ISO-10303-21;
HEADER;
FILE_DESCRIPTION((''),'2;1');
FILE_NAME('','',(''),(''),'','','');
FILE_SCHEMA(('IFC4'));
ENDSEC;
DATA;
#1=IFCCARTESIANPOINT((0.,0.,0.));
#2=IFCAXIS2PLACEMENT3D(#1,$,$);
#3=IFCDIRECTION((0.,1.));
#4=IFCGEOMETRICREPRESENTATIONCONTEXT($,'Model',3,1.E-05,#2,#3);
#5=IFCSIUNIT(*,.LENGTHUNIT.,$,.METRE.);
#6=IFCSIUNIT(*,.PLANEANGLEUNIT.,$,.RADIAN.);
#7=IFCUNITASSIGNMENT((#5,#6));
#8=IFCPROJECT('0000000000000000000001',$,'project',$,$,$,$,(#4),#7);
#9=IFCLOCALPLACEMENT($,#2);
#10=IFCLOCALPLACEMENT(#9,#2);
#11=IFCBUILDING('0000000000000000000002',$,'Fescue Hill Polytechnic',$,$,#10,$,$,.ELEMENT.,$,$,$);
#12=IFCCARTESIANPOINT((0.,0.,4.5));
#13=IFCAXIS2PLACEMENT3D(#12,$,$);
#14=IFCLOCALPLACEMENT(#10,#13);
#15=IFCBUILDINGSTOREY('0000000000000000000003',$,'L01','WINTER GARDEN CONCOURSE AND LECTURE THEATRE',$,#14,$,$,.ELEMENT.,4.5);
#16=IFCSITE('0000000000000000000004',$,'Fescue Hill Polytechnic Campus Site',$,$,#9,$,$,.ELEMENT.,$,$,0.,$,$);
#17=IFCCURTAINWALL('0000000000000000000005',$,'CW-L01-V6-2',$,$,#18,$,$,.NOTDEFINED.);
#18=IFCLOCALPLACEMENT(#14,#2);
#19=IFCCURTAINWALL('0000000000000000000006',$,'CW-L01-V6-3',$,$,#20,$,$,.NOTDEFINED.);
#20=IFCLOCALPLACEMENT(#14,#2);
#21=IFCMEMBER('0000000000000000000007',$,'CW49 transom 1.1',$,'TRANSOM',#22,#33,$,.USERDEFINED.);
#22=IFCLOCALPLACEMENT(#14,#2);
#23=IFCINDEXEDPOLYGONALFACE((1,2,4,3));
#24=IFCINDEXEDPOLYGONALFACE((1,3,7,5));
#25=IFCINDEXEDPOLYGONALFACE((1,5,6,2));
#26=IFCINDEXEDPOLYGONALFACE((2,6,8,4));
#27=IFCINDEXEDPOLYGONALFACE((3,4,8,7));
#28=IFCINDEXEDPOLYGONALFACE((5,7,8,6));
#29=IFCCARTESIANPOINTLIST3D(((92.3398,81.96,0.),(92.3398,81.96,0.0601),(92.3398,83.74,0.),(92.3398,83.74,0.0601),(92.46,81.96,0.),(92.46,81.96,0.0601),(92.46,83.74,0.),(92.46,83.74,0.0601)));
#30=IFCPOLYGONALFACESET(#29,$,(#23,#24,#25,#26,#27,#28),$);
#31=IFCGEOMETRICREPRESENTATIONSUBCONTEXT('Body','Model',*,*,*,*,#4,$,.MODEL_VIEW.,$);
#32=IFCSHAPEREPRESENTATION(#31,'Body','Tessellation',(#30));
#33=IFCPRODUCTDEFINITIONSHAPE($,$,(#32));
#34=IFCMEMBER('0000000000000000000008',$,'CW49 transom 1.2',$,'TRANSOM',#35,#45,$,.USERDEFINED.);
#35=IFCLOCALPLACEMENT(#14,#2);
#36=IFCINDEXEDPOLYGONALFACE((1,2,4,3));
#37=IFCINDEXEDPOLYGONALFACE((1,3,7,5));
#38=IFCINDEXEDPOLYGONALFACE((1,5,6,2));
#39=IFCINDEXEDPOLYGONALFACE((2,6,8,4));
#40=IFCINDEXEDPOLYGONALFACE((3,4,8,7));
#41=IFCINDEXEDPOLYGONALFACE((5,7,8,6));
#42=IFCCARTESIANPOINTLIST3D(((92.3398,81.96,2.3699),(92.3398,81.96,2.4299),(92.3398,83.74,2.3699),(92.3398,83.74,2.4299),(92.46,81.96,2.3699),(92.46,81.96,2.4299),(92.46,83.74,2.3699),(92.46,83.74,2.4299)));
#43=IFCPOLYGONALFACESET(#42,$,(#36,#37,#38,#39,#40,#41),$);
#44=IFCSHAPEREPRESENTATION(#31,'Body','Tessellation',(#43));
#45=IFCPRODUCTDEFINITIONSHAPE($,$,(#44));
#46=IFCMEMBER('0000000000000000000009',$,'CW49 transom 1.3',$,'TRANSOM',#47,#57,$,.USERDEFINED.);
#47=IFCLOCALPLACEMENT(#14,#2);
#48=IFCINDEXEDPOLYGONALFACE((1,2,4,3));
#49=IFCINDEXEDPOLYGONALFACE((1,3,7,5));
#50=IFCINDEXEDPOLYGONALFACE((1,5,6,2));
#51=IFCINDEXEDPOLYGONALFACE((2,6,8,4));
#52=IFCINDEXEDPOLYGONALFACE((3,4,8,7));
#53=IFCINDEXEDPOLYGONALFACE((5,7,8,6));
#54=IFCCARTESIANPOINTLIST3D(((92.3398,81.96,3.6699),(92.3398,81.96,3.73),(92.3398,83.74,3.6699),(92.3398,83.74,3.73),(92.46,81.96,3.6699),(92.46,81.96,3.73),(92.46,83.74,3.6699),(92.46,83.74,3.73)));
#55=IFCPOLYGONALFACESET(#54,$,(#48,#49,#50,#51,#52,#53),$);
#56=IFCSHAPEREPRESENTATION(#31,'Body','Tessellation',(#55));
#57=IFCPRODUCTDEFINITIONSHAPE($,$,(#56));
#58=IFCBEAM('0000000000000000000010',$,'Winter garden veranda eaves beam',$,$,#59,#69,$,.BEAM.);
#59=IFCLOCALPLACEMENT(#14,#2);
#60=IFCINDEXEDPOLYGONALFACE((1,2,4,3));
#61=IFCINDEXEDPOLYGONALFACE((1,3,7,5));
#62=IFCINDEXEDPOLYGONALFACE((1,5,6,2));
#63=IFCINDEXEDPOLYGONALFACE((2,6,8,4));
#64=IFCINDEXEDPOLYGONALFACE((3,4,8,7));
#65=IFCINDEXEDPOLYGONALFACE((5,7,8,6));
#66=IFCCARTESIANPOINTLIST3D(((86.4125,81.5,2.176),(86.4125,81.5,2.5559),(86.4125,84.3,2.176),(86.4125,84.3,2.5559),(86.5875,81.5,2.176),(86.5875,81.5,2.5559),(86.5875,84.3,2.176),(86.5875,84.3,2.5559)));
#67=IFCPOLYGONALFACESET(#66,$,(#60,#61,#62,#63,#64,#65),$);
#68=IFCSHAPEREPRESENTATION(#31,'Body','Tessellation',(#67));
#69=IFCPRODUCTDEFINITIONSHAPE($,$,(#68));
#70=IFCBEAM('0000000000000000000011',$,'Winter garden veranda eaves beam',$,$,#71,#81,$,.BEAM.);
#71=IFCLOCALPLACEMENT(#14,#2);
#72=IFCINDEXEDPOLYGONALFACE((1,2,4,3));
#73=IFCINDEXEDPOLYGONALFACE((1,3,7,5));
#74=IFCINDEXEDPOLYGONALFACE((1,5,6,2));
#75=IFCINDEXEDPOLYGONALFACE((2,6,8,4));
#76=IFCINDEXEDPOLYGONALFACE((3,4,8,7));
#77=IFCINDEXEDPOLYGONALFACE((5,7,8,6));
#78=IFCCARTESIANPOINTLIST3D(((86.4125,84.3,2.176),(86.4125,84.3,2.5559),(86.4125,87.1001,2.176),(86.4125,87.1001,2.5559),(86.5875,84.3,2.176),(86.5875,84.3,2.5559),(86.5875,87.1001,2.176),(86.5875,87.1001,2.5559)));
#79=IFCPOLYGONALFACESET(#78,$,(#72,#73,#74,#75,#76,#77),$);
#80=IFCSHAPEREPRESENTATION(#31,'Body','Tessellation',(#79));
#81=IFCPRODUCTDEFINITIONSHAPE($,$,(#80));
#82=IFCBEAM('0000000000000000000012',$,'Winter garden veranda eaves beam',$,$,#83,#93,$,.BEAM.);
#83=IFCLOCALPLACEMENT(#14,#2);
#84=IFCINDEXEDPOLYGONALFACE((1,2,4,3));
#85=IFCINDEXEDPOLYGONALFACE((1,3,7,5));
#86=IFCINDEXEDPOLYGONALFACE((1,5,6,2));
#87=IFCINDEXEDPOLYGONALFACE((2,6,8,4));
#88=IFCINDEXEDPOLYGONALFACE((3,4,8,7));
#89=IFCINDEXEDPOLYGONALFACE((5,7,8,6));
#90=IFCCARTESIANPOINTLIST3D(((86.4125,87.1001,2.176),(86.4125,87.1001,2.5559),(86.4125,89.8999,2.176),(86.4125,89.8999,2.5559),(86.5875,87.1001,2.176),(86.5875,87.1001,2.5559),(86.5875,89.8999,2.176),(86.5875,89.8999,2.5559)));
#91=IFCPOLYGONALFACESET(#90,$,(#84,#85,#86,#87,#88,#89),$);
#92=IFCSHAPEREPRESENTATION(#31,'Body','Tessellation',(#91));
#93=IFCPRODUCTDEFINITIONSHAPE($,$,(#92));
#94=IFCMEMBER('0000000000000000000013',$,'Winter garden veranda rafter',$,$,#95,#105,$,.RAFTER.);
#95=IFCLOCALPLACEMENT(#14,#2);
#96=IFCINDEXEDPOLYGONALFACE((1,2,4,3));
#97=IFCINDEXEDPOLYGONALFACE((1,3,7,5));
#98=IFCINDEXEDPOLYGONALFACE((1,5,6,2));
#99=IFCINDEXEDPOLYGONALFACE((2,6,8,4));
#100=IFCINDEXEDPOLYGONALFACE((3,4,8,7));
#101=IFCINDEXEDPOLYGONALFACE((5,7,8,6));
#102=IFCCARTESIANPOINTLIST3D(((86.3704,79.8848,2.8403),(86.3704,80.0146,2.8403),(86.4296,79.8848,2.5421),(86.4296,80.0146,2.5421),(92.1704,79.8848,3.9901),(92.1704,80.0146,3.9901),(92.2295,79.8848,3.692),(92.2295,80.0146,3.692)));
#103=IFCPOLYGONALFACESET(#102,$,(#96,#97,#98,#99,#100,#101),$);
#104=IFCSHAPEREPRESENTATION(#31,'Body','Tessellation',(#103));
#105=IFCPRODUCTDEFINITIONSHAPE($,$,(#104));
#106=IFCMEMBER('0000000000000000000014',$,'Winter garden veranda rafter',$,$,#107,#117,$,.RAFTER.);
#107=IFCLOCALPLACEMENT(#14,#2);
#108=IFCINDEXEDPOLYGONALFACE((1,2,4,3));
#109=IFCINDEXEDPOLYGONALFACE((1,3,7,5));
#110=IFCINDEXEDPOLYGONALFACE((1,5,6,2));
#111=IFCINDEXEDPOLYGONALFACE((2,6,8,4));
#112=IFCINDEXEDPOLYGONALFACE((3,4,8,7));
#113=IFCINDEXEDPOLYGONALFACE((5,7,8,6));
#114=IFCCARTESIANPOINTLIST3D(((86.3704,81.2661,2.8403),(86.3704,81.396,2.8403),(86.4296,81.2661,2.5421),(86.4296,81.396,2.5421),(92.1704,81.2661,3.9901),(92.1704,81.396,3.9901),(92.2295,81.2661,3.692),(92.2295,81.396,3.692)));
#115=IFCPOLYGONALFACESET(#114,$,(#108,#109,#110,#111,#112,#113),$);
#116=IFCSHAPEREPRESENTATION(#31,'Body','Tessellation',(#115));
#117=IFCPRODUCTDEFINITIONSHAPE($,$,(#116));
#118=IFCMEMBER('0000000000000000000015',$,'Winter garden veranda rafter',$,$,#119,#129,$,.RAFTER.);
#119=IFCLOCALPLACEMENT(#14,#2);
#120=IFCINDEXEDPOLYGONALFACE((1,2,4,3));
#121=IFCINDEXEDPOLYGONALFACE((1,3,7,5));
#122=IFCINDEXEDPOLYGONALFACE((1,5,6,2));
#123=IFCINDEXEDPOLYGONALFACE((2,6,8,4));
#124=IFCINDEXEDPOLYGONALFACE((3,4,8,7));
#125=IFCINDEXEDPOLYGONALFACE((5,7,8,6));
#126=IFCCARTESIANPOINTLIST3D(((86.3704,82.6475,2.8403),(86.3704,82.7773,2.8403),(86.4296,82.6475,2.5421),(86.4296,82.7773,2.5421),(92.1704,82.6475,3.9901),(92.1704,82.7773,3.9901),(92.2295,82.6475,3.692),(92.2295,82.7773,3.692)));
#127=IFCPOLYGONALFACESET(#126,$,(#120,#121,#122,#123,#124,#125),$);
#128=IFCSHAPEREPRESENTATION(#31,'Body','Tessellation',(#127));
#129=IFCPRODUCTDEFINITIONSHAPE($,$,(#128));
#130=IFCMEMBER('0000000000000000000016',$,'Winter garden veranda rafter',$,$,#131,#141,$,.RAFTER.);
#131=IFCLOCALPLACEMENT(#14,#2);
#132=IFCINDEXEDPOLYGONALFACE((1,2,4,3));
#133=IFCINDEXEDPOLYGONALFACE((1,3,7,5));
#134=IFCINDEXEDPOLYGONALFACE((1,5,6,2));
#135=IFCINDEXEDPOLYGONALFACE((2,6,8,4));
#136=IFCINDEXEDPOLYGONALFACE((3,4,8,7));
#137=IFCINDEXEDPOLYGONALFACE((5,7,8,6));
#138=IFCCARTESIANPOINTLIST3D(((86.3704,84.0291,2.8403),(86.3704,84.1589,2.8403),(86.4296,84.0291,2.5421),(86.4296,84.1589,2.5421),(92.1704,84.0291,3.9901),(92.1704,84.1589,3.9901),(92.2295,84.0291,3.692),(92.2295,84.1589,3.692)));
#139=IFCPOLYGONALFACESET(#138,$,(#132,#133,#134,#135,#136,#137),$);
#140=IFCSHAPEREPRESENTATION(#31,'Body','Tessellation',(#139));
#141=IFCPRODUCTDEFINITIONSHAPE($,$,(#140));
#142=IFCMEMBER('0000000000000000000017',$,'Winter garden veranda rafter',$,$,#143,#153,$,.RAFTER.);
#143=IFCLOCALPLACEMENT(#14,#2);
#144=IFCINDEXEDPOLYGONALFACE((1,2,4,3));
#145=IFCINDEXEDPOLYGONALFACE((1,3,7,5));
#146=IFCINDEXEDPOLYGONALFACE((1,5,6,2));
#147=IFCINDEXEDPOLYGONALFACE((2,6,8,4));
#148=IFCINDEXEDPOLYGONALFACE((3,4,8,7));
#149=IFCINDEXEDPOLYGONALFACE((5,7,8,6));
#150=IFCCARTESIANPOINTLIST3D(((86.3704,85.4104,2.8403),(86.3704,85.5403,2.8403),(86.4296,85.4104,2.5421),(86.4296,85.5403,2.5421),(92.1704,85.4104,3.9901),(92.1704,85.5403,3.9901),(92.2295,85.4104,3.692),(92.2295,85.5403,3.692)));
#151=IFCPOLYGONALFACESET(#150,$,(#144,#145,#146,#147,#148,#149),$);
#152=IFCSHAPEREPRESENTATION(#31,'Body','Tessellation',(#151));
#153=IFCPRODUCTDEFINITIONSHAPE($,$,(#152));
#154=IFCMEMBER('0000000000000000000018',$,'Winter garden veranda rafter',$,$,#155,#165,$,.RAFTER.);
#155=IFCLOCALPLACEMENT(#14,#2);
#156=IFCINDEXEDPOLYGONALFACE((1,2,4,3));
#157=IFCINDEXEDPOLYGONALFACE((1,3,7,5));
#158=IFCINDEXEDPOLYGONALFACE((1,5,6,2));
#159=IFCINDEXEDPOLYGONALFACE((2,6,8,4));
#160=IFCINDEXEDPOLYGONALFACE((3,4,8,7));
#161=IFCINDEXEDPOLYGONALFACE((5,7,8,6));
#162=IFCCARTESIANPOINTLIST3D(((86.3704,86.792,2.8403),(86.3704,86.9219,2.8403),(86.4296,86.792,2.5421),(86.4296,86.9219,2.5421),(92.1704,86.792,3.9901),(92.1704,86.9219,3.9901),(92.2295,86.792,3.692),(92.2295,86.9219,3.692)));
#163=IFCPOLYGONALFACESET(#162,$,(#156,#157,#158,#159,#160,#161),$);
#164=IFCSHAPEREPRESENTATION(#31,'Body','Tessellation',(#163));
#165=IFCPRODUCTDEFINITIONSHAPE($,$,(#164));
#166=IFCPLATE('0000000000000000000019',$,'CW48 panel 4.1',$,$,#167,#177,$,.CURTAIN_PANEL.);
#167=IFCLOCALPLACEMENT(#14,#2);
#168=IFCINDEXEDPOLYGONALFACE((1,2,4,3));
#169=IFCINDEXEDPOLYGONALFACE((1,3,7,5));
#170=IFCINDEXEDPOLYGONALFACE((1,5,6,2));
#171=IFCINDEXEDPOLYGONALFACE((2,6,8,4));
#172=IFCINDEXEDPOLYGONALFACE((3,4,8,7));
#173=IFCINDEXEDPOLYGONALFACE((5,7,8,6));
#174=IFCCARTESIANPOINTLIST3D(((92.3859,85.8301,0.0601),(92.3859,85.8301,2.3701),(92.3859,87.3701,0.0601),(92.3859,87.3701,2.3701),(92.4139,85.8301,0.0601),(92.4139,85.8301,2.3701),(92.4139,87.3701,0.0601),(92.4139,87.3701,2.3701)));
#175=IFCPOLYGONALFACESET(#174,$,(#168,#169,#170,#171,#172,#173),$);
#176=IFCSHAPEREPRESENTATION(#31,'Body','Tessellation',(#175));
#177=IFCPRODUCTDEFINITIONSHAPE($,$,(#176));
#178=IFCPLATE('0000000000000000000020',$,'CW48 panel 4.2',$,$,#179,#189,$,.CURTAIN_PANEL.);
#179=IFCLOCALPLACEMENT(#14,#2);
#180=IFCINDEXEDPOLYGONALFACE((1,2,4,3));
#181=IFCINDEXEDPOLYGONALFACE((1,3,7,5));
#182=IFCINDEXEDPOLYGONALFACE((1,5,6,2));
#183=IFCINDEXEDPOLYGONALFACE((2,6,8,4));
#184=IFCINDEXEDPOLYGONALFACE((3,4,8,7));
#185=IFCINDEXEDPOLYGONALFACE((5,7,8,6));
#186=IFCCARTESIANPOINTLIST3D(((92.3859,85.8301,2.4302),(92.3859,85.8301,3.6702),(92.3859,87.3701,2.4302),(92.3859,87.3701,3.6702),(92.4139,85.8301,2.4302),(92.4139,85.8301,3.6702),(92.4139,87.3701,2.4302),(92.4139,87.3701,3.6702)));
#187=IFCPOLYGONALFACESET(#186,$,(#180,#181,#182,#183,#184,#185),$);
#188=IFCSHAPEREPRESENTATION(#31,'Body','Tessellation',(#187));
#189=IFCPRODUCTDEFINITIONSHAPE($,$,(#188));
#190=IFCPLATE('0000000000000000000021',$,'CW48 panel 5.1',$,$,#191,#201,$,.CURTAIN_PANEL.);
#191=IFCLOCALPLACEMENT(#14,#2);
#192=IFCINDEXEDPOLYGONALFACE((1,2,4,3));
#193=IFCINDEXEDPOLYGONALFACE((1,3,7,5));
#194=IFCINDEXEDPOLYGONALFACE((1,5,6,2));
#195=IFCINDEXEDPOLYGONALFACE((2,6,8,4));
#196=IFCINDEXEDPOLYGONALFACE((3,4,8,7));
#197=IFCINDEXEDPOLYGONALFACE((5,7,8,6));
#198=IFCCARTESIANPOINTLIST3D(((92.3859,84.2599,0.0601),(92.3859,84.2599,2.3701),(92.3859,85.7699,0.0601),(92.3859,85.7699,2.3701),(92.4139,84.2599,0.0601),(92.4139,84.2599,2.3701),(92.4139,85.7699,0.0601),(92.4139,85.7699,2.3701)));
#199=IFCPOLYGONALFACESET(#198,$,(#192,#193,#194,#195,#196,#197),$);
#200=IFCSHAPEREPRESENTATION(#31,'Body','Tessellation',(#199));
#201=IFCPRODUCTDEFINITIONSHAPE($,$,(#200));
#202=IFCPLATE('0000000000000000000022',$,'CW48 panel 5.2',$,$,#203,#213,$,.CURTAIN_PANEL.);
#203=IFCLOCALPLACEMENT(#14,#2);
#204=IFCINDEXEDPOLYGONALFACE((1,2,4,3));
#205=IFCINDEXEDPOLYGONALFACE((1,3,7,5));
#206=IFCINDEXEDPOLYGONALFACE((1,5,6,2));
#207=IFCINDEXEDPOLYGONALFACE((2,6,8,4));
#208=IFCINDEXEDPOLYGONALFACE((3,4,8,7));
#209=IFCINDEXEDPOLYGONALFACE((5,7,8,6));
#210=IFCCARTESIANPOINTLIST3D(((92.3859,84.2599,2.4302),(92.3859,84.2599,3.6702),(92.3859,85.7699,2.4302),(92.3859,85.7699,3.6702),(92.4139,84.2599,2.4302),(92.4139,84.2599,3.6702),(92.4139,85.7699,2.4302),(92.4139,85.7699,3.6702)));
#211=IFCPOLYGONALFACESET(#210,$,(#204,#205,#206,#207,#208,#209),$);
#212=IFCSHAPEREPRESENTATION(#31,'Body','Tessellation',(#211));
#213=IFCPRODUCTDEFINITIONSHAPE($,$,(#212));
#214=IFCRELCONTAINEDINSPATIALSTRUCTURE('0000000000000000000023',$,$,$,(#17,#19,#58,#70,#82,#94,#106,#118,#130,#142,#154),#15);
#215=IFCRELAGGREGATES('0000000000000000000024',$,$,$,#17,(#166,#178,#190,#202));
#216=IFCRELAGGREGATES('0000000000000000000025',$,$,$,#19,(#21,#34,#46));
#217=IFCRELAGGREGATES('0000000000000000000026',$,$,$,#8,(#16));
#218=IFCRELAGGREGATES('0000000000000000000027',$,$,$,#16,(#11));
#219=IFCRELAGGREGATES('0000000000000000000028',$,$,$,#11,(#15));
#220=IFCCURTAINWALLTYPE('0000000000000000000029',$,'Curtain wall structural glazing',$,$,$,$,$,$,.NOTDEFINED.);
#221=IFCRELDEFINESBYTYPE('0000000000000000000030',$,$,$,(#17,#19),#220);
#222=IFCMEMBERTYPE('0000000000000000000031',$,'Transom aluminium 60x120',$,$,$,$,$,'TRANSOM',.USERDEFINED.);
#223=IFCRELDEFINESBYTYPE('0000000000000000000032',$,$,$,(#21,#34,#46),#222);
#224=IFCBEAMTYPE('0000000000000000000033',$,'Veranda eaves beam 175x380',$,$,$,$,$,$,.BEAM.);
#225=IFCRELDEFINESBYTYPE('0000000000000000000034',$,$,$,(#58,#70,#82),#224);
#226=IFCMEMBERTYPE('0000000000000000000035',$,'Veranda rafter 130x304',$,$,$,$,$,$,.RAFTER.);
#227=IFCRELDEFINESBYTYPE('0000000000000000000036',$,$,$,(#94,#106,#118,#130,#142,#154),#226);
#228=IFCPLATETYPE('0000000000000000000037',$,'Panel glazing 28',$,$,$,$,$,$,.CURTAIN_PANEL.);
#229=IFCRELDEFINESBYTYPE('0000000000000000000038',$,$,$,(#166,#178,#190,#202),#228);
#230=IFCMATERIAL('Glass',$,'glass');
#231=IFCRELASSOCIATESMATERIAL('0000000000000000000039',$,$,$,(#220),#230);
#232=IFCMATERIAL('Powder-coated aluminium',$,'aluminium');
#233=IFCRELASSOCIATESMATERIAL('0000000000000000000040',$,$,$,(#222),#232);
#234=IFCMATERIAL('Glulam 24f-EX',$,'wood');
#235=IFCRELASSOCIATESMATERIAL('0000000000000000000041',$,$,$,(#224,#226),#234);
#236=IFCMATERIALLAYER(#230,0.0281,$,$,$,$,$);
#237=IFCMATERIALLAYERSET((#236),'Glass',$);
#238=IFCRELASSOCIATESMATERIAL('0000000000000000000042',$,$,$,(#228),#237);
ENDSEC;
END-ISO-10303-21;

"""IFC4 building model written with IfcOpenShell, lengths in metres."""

from ifc_helpers import new_model, si_unit, direction, frame, origin, origin_2d, place, context, subcontext, project, spatial, rectangle, extrude, material, layer, layer_set, material_profile, profile_set, type_object, element, aggregate, save


model = new_model("IFC4")

# Units and contexts
model_context = context("Model", 3, precision=1e-05, world=origin(), true_north=direction((0.0, 1.0)))
body_context = subcontext(model_context, "Body", "Model", "MODEL_VIEW")
ifc_project = project(units=[si_unit("LENGTHUNIT", "METRE"), si_unit("PLANEANGLEUNIT", "RADIAN")], contexts=[model_context])

# Site, building, storey
site_placement = place(None, origin())
site = spatial("IfcSite", under=ifc_project, at=site_placement, Name="Fescue Hill Polytechnic Campus Site", CompositionType="ELEMENT", RefElevation=0.0)
building_placement = place(site_placement, origin())
building = spatial("IfcBuilding", under=site, at=building_placement, Name="Fescue Hill Polytechnic", CompositionType="ELEMENT")
storey_placement = place(building_placement, frame((0.0, 0.0, 4.5)))
storey = spatial("IfcBuildingStorey", under=building, at=storey_placement, Name="L01", Description="WINTER GARDEN CONCOURSE AND LECTURE THEATRE", CompositionType="ELEMENT", Elevation=4.5)

# Shared definitions
ifc_material_1 = material(Name="Glulam 24f-EX", Category="wood")

# Curtain walls
ifc_material_2 = material(Name="Glass", Category="glass")
curtain_wall_type = type_object("IfcCurtainWallType", Name="Curtain wall structural glazing", PredefinedType="NOTDEFINED", material=ifc_material_2)
curtain_wall_1_placement = place(storey_placement, origin())
curtain_wall_1 = element("IfcCurtainWall", 1, at=curtain_wall_1_placement, inside=storey, type_object=curtain_wall_type, Name="CW-L01-V6-2", PredefinedType="NOTDEFINED")
ifc_material_3 = material(Name="Powder-coated aluminium", Category="aluminium")
curtain_wall_2_placement = place(storey_placement, origin())
curtain_wall_2 = element("IfcCurtainWall", 2, at=curtain_wall_2_placement, inside=storey, type_object=curtain_wall_type, Name="CW-L01-V6-3", PredefinedType="NOTDEFINED")

# Members
ifc_material_profile_1 = material_profile(ifc_material_3, rectangle(XDim=0.1201, YDim=0.0601, at=origin_2d()), Name="Transom aluminium 60x120")
ifc_profile_set_1 = profile_set([ifc_material_profile_1], Name="Powder-coated aluminium")
member_type_1 = type_object("IfcMemberType", Name="Transom aluminium 60x120", ElementType="TRANSOM", PredefinedType="USERDEFINED", material=ifc_profile_set_1)
member_1_placement = place(storey_placement, frame((92.3999, 83.74, 0.03), z_axis=(0.0, -1.0, 0.0), x_axis=(1.0, 0.0, 0.0)))
member_1 = element("IfcMember", 3, at=member_1_placement, type_object=member_type_1, Name="CW49 transom 1.1", ObjectType="TRANSOM", PredefinedType="USERDEFINED", context=body_context, shape_type="SweptSolid", body=[
    extrude(rectangle(XDim=0.1201, YDim=0.0601, at=origin_2d()), origin(), (0.0, 0.0, 1.0), 1.78),
])
member_2_placement = place(storey_placement, frame((92.3999, 83.74, 2.3999), z_axis=(0.0, -1.0, 0.0), x_axis=(1.0, 0.0, 0.0)))
member_2 = element("IfcMember", 4, at=member_2_placement, type_object=member_type_1, Name="CW49 transom 1.2", ObjectType="TRANSOM", PredefinedType="USERDEFINED", context=body_context, shape_type="SweptSolid", body=[
    extrude(rectangle(XDim=0.1201, YDim=0.0601, at=origin_2d()), origin(), (0.0, 0.0, 1.0), 1.78),
])
member_3_placement = place(storey_placement, frame((92.3999, 83.74, 3.7), z_axis=(0.0, -1.0, 0.0), x_axis=(1.0, 0.0, 0.0)))
member_3 = element("IfcMember", 5, at=member_3_placement, type_object=member_type_1, Name="CW49 transom 1.3", ObjectType="TRANSOM", PredefinedType="USERDEFINED", context=body_context, shape_type="SweptSolid", body=[
    extrude(rectangle(XDim=0.1201, YDim=0.0601, at=origin_2d()), origin(), (0.0, 0.0, 1.0), 1.78),
])

# Beams
ifc_material_profile_2 = material_profile(ifc_material_1, rectangle(XDim=0.175, YDim=0.3799, at=origin_2d()), Name="Veranda eaves beam 175x380")
ifc_profile_set_2 = profile_set([ifc_material_profile_2], Name="Glulam 24f-EX")
beam_type = type_object("IfcBeamType", Name="Veranda eaves beam 175x380", PredefinedType="BEAM", material=ifc_profile_set_2)
for number, where, z_axis, x_axis, name in (
    (6, (86.5, 81.5, 2.366), (0.0, 1.0, 0.0), (-1.0, 0.0, 0.0), "Winter garden veranda eaves beam"),
    (7, (86.5, 84.3, 2.366), (0.0, 1.0, 0.0), (-1.0, 0.0, 0.0), "Winter garden veranda eaves beam"),
):
    element("IfcBeam", number, at=place(storey_placement, frame(where, z_axis=z_axis, x_axis=x_axis)), inside=storey, type_object=beam_type, Name=name, PredefinedType="BEAM", context=body_context, shape_type="SweptSolid", body=[
        extrude(rectangle(XDim=0.175, YDim=0.3799, at=origin_2d()), origin(), (0.0, 0.0, 1.0), 2.8),
    ])
beam_placement = place(storey_placement, frame((86.5, 87.1001, 2.366), z_axis=(0.0, 1.0, 0.0), x_axis=(-1.0, 0.0, 0.0)))
element("IfcBeam", 8, at=beam_placement, inside=storey, type_object=beam_type, Name="Winter garden veranda eaves beam", PredefinedType="BEAM", context=body_context, shape_type="SweptSolid", body=[
    extrude(rectangle(XDim=0.175, YDim=0.3799, at=origin_2d()), origin(), (0.0, 0.0, 1.0), 2.7998),
])

# Members
ifc_material_profile_3 = material_profile(ifc_material_1, rectangle(XDim=0.1299, YDim=0.304, at=origin_2d()), Name="Veranda rafter 130x304")
ifc_profile_set_3 = profile_set([ifc_material_profile_3], Name="Glulam 24f-EX")
member_type_2 = type_object("IfcMemberType", Name="Veranda rafter 130x304", PredefinedType="RAFTER", material=ifc_profile_set_3)
for number, where, z_axis, x_axis, name in (
    (9, (92.2, 79.9497, 3.8411), (-0.980908, 0.0, -0.194472), (0.0, -1.0, 0.0), "Winter garden veranda rafter"),
    (10, (92.2, 81.3311, 3.8411), (-0.980908, 0.0, -0.194472), (0.0, -1.0, 0.0), "Winter garden veranda rafter"),
    (11, (92.2, 82.7124, 3.8411), (-0.980908, 0.0, -0.194472), (0.0, -1.0, 0.0), "Winter garden veranda rafter"),
    (12, (92.2, 84.094, 3.8411), (-0.980908, 0.0, -0.194472), (0.0, -1.0, 0.0), "Winter garden veranda rafter"),
    (13, (92.2, 85.4753, 3.8411), (-0.980908, 0.0, -0.194472), (0.0, -1.0, 0.0), "Winter garden veranda rafter"),
    (14, (92.2, 86.8569, 3.8411), (-0.980908, 0.0, -0.194472), (0.0, -1.0, 0.0), "Winter garden veranda rafter"),
):
    element("IfcMember", number, at=place(storey_placement, frame(where, z_axis=z_axis, x_axis=x_axis)), inside=storey, type_object=member_type_2, Name=name, PredefinedType="RAFTER", context=body_context, shape_type="SweptSolid", body=[
        extrude(rectangle(XDim=0.1299, YDim=0.304, at=origin_2d()), origin(), (0.0, 0.0, 1.0), 5.9128),
    ])

# Plates
ifc_layer_1 = layer(ifc_material_2, 0.0281)
ifc_layer_set_1 = layer_set([ifc_layer_1], Name="Glass")
plate_type = type_object("IfcPlateType", Name="Panel glazing 28", PredefinedType="CURTAIN_PANEL", material=ifc_layer_set_1)
plate_1_placement = place(storey_placement, frame((92.3999, 86.6001, 0.0601), z_axis=(0.0, 0.0, 1.0), x_axis=(0.0, -1.0, 0.0)))
plate_1 = element("IfcPlate", 15, at=plate_1_placement, type_object=plate_type, Name="CW48 panel 4.1", PredefinedType="CURTAIN_PANEL", context=body_context, shape_type="SweptSolid", body=[
    extrude(rectangle(XDim=1.54, YDim=0.0281, at=origin_2d()), origin(), (0.0, 0.0, 1.0), 2.3101),
])
plate_2_placement = place(storey_placement, frame((92.3999, 86.6001, 2.4302), z_axis=(0.0, 0.0, 1.0), x_axis=(0.0, -1.0, 0.0)))
plate_2 = element("IfcPlate", 16, at=plate_2_placement, type_object=plate_type, Name="CW48 panel 4.2", PredefinedType="CURTAIN_PANEL", context=body_context, shape_type="SweptSolid", body=[
    extrude(rectangle(XDim=1.54, YDim=0.0281, at=origin_2d()), origin(), (0.0, 0.0, 1.0), 1.24),
])
plate_3_placement = place(storey_placement, frame((92.3999, 85.0149, 0.0601), z_axis=(0.0, 0.0, 1.0), x_axis=(0.0, -1.0, 0.0)))
plate_3 = element("IfcPlate", 17, at=plate_3_placement, type_object=plate_type, Name="CW48 panel 5.1", PredefinedType="CURTAIN_PANEL", context=body_context, shape_type="SweptSolid", body=[
    extrude(rectangle(XDim=1.51, YDim=0.0281, at=origin_2d()), origin(), (0.0, 0.0, 1.0), 2.3101),
])
plate_4_placement = place(storey_placement, frame((92.3999, 85.0149, 2.4302), z_axis=(0.0, 0.0, 1.0), x_axis=(0.0, -1.0, 0.0)))
plate_4 = element("IfcPlate", 18, at=plate_4_placement, type_object=plate_type, Name="CW48 panel 5.2", PredefinedType="CURTAIN_PANEL", context=body_context, shape_type="SweptSolid", body=[
    extrude(rectangle(XDim=1.51, YDim=0.0281, at=origin_2d()), origin(), (0.0, 0.0, 1.0), 1.24),
])
aggregate(curtain_wall_1, [plate_1, plate_2, plate_3, plate_4])
aggregate(curtain_wall_2, [member_1, member_2, member_3])

save(model, "model.ifc")
